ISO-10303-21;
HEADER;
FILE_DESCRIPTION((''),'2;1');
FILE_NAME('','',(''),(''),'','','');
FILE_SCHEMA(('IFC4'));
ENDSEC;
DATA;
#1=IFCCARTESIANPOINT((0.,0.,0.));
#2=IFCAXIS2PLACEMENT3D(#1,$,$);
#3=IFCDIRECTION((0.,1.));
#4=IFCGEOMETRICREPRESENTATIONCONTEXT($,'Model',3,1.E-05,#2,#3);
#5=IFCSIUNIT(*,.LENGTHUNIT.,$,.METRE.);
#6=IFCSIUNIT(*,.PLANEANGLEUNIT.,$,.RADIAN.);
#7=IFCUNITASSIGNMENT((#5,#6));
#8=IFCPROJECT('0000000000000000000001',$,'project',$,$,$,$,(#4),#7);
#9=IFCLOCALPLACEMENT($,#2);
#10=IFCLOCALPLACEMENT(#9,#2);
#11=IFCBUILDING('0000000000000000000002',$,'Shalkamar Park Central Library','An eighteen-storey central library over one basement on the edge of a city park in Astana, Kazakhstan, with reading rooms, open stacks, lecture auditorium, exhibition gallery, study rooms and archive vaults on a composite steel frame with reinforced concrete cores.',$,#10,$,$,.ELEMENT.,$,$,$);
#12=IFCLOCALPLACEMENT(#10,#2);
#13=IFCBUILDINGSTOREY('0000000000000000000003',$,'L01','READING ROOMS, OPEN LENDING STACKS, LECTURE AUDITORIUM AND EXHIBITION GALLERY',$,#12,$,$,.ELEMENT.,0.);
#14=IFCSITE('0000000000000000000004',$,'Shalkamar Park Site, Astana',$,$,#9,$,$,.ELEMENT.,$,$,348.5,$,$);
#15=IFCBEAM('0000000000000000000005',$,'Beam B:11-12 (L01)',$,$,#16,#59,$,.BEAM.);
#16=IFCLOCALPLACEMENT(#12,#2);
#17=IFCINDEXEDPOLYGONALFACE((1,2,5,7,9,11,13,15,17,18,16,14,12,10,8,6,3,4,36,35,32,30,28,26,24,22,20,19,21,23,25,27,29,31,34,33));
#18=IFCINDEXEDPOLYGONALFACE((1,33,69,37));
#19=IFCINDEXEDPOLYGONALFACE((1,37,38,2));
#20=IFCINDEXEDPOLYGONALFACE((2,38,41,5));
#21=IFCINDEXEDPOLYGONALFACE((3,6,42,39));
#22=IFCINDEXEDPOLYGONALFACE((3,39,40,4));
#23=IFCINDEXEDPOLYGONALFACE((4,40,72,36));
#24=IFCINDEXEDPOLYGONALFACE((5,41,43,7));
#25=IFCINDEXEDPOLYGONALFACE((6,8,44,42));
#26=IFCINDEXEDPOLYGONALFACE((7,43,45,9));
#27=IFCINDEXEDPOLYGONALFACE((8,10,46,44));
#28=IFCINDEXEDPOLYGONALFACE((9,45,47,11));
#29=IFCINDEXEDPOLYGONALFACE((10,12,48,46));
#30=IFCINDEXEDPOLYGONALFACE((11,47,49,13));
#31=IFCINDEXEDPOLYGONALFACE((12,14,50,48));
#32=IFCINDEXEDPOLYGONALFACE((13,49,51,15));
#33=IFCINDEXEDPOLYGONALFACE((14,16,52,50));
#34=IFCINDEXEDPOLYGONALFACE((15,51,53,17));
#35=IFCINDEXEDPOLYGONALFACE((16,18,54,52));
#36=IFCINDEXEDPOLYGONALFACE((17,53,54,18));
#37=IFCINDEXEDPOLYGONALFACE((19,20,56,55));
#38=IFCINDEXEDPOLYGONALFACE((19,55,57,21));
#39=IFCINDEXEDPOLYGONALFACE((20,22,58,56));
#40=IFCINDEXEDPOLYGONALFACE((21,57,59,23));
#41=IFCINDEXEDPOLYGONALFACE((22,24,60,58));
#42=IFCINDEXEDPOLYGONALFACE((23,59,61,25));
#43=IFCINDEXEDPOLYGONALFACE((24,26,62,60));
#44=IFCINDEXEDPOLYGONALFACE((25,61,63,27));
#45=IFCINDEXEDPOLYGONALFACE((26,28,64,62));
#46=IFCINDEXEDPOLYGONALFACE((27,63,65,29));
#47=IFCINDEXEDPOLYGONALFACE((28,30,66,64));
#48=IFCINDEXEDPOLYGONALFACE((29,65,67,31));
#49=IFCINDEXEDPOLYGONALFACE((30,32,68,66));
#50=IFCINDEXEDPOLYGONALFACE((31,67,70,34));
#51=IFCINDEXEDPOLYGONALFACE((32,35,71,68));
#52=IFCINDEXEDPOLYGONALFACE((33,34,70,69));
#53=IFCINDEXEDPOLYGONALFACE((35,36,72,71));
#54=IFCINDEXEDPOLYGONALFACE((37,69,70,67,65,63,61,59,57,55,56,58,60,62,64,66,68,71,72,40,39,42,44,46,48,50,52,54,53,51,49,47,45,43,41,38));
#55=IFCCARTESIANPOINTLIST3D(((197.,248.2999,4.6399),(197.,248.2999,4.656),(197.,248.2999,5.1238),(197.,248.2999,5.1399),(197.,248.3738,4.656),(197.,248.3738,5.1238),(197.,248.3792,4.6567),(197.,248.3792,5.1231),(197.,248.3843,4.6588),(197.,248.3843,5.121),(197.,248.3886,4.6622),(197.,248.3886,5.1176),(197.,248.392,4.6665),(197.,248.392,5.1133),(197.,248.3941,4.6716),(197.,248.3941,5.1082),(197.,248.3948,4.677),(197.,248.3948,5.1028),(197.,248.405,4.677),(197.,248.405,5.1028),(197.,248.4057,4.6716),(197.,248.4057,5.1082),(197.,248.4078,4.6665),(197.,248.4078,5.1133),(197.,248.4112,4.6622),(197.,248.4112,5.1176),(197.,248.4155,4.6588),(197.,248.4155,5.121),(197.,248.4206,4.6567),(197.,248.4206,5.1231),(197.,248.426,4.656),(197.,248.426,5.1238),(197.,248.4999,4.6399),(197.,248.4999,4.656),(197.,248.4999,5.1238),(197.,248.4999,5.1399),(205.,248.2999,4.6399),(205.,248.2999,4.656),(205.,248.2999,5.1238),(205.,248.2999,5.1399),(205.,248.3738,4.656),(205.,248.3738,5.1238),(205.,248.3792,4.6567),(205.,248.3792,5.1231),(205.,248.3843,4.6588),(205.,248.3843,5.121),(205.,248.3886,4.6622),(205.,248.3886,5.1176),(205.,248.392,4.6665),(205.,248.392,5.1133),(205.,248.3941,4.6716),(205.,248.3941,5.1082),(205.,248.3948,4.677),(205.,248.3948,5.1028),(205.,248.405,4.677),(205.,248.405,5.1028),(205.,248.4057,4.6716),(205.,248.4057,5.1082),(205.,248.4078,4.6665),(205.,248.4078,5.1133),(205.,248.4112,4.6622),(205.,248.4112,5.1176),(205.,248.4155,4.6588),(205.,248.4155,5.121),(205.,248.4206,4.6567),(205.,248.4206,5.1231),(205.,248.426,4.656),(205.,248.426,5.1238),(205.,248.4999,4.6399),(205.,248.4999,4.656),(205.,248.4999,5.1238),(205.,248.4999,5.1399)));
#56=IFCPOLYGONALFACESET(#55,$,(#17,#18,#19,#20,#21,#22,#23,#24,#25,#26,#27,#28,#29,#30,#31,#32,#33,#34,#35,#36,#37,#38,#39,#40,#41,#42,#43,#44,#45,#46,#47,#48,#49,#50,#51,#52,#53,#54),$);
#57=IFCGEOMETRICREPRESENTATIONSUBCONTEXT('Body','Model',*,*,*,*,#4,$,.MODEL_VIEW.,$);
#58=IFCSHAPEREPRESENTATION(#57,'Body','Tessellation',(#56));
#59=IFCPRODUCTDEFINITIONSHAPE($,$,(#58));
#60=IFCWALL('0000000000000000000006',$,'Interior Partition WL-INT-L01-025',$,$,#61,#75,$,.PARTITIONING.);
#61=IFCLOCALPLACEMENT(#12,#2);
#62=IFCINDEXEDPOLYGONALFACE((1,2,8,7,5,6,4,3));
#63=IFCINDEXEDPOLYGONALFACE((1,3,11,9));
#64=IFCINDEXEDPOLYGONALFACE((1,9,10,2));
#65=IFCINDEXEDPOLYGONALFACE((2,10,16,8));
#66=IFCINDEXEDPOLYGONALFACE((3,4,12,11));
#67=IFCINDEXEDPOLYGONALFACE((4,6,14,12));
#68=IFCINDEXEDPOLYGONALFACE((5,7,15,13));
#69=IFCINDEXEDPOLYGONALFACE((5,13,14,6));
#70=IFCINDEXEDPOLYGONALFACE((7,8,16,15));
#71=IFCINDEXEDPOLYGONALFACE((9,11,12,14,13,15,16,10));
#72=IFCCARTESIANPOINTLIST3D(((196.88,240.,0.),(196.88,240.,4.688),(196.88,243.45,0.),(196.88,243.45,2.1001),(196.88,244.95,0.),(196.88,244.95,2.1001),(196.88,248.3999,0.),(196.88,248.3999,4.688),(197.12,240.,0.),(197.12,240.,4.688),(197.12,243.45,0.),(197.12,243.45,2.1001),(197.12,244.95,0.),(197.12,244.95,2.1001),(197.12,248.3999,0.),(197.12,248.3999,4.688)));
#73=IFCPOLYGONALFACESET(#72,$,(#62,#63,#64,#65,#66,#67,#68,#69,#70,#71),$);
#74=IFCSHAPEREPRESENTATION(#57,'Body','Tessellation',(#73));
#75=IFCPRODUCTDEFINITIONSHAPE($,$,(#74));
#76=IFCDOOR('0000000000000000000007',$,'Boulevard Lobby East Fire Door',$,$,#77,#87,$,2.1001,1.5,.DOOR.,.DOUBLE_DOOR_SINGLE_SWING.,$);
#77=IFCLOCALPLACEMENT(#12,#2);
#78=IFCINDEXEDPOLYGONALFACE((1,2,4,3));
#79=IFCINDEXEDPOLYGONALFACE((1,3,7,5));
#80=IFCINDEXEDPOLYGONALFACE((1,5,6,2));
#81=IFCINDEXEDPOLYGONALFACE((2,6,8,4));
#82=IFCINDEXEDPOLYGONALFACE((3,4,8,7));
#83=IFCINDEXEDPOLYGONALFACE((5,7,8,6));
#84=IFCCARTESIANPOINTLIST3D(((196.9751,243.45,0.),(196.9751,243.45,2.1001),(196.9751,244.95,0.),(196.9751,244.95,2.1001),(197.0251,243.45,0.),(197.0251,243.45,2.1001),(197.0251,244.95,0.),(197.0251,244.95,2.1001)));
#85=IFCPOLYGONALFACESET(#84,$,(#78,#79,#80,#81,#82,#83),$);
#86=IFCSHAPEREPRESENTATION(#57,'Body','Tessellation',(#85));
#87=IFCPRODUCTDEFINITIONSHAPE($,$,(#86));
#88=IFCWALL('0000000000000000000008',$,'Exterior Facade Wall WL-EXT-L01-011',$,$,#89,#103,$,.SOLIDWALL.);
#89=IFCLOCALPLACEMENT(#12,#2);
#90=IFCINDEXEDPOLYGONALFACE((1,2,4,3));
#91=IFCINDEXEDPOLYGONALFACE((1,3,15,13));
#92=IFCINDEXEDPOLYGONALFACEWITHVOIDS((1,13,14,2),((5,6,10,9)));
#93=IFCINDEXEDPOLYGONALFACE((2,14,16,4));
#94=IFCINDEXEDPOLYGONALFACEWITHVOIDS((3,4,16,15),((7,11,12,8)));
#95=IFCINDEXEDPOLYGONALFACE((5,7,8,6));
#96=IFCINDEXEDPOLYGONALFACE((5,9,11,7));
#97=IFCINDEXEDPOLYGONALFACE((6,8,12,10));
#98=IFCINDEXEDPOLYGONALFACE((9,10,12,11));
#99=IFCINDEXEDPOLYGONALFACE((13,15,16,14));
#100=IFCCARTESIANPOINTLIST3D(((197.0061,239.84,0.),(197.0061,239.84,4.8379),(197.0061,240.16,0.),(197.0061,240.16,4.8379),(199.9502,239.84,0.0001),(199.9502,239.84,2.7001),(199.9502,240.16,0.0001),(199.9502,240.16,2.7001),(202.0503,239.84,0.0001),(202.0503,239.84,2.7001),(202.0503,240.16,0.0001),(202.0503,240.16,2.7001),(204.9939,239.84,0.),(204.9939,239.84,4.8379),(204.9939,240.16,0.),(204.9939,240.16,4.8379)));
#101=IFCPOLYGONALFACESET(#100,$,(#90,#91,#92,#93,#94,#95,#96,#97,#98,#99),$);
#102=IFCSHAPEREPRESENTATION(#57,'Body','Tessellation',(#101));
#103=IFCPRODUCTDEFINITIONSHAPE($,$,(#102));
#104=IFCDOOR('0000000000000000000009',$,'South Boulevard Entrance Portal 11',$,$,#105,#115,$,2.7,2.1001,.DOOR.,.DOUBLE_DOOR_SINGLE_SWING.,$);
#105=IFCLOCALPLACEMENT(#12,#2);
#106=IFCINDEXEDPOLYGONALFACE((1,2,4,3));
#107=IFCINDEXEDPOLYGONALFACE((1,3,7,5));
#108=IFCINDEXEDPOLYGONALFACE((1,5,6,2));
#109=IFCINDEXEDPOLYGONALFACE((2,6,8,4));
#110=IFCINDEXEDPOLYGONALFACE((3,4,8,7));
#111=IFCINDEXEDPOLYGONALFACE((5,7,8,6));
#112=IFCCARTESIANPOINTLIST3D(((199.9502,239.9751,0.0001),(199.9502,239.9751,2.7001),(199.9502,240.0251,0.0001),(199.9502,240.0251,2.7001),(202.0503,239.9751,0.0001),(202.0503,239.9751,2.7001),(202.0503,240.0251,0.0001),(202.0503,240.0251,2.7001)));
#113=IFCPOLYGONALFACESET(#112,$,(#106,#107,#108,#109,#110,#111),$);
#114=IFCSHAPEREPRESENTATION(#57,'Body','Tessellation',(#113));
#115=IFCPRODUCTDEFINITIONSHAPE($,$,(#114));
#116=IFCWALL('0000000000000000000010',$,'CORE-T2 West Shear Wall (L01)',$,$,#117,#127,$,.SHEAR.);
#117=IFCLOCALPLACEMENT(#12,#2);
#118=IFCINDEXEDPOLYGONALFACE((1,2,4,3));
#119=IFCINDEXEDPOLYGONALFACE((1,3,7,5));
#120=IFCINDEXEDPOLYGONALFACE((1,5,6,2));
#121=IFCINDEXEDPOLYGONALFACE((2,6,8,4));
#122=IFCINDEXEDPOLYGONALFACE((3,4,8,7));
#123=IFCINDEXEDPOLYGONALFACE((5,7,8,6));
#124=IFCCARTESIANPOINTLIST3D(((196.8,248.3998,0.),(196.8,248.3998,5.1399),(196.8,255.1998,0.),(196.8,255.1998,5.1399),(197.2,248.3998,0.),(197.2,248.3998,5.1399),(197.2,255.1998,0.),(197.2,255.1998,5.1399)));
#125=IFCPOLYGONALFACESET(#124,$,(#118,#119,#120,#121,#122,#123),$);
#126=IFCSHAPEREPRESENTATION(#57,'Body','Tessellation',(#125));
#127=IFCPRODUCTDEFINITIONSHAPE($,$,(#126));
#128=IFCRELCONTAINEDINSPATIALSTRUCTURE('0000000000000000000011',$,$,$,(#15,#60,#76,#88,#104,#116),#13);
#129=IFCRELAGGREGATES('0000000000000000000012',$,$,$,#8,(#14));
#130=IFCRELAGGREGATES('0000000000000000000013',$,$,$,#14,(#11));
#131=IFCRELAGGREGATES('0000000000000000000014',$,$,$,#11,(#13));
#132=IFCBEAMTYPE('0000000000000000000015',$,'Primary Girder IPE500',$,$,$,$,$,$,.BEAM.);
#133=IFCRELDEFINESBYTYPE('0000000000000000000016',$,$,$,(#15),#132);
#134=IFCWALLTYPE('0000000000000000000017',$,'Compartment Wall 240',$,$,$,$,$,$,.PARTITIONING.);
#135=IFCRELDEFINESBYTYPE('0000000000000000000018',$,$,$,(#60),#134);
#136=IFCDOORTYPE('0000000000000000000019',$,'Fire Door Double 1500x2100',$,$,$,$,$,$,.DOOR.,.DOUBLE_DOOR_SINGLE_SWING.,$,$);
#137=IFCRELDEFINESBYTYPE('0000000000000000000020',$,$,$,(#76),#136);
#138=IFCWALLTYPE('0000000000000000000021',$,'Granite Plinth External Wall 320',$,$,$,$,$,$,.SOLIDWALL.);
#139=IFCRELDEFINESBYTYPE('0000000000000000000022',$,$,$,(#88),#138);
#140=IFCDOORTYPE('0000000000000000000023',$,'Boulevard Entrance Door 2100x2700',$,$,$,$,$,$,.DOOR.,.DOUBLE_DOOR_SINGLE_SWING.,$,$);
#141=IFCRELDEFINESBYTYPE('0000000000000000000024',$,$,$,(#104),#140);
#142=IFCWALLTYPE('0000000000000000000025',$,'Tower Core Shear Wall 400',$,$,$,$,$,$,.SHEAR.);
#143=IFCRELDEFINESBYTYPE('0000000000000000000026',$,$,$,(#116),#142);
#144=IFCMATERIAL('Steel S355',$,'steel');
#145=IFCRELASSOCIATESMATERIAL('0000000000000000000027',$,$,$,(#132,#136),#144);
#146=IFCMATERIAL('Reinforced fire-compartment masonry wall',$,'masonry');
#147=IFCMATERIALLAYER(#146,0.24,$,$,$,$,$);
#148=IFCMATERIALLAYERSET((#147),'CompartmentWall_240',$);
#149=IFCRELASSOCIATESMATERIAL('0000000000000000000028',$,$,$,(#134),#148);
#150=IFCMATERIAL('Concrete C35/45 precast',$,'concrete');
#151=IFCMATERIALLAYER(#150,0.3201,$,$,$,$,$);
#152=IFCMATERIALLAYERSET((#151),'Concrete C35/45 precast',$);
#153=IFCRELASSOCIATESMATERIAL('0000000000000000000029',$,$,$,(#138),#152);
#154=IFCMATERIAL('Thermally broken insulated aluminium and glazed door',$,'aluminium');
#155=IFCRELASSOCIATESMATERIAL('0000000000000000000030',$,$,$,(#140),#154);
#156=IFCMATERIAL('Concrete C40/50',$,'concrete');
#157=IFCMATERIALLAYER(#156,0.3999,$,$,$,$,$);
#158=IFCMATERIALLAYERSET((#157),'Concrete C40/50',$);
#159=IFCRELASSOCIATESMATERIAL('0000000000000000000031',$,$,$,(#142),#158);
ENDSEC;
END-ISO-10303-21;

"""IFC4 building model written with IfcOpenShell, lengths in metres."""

from ifc_helpers import new_model, si_unit, direction, frame, frame_2d, origin, origin_2d, place, context, subcontext, project, spatial, rectangle, i_section, extrude, material, layer, layer_set, material_profile, profile_set, type_object, element, fill, save


model = new_model("IFC4")

# Units and contexts
model_context = context("Model", 3, precision=1e-05, world=origin(), true_north=direction((0.0, 1.0)))
body_context = subcontext(model_context, "Body", "Model", "MODEL_VIEW")
ifc_project = project(units=[si_unit("LENGTHUNIT", "METRE"), si_unit("PLANEANGLEUNIT", "RADIAN")], contexts=[model_context])

# Site, building, storey
site_placement = place(None, origin())
site = spatial("IfcSite", under=ifc_project, at=site_placement, Name="Shalkamar Park Site, Astana", CompositionType="ELEMENT", RefElevation=348.5)
building_placement = place(site_placement, origin())
building = spatial("IfcBuilding", under=site, at=building_placement, Name="Shalkamar Park Central Library", Description="An eighteen-storey central library over one basement on the edge of a city park in Astana, Kazakhstan, with reading rooms, open stacks, lecture auditorium, exhibition gallery, study rooms and archive vaults on a composite steel frame with reinforced concrete cores.", CompositionType="ELEMENT")
storey_placement = place(building_placement, origin())
storey = spatial("IfcBuildingStorey", under=building, at=storey_placement, Name="L01", Description="READING ROOMS, OPEN LENDING STACKS, LECTURE AUDITORIUM AND EXHIBITION GALLERY", CompositionType="ELEMENT", Elevation=0.0)

# Shared definitions
ifc_material_1 = material(Name="Steel S355", Category="steel")

# Beam
ifc_material_profile_1 = material_profile(ifc_material_1, i_section(OverallWidth=0.2, OverallDepth=0.5, WebThickness=0.0103, FlangeThickness=0.0161, FilletRadius=0.021, at=origin_2d()), Name="IPE 500")
ifc_profile_set_1 = profile_set([ifc_material_profile_1], Name="Steel S355")
beam_type_1 = type_object("IfcBeamType", Name="Primary Girder IPE500", PredefinedType="BEAM", material=ifc_profile_set_1)
beam_1_placement = place(storey_placement, frame((197.0, 248.3999, 4.8899), z_axis=(1.0, 0.0, 0.0), x_axis=(0.0, 1.0, 0.0)))
element("IfcBeam", 1, at=beam_1_placement, inside=storey, type_object=beam_type_1, Name="Beam B:11-12 (L01)", PredefinedType="BEAM", context=body_context, shape_type="SweptSolid", body=[
    extrude(i_section(OverallWidth=0.2, OverallDepth=0.5, WebThickness=0.0103, FlangeThickness=0.0161, FilletRadius=0.021, at=origin_2d()), origin(), (0.0, 0.0, 1.0), 8.0),
])

# Walls, openings, doors
ifc_material_2 = material(Name="Reinforced fire-compartment masonry wall", Category="masonry")
ifc_layer_1 = layer(ifc_material_2, 0.24)
ifc_layer_set_1 = layer_set([ifc_layer_1], Name="CompartmentWall_240")
wall_type_1 = type_object("IfcWallType", Name="Compartment Wall 240", PredefinedType="PARTITIONING", material=ifc_layer_set_1)
wall_1_placement = place(storey_placement, frame((197.0, 240.0, 0.0), z_axis=(0.0, 0.0, 1.0), x_axis=(0.0, 1.0, 0.0)))
wall_1 = element("IfcWall", 2, at=wall_1_placement, inside=storey, type_object=wall_type_1, Name="Interior Partition WL-INT-L01-025", PredefinedType="PARTITIONING", context=body_context, shape_type="SweptSolid", body=[
    extrude(rectangle(XDim=8.3999, YDim=0.24, at=frame_2d((4.2, 0.0))), origin(), (0.0, 0.0, 1.0), 4.688),
])
opening_1_placement = place(wall_1_placement, frame((3.45, 0.0, 0.0)))
opening_1 = element("IfcOpeningElement", 3, at=opening_1_placement, cuts=wall_1, PredefinedType="OPENING", context=body_context, shape_type="SweptSolid", body=[
    extrude(rectangle(XDim=1.5, YDim=2.1001, at=frame_2d((0.75, 1.05))), frame((0.0, 0.1348, 0.0), z_axis=(0.0, -1.0, 0.0), x_axis=(1.0, 0.0, 0.0)), (0.0, 0.0, 1.0), 0.2698),
])
door_type_1 = type_object("IfcDoorType", Name="Fire Door Double 1500x2100", OperationType="DOUBLE_DOOR_SINGLE_SWING", PredefinedType="DOOR", material=ifc_material_1)
door_1_placement = place(opening_1_placement, origin())
door_1 = element("IfcDoor", 4, at=door_1_placement, inside=storey, type_object=door_type_1, Name="Boulevard Lobby East Fire Door", OperationType="DOUBLE_DOOR_SINGLE_SWING", OverallHeight=2.1001, OverallWidth=1.5, PredefinedType="DOOR", context=body_context, shape_type="SweptSolid", body=[
    extrude(rectangle(XDim=1.5, YDim=2.1001, at=frame_2d((0.75, 1.05))), frame((0.0, 0.0249, 0.0), z_axis=(0.0, -1.0, 0.0), x_axis=(1.0, 0.0, 0.0)), (0.0, 0.0, 1.0), 0.05),
])
fill(opening_1, door_1)
ifc_material_3 = material(Name="Concrete C35/45 precast", Category="concrete")
ifc_layer_2 = layer(ifc_material_3, 0.3201)
ifc_layer_set_2 = layer_set([ifc_layer_2], Name="Concrete C35/45 precast")
wall_type_2 = type_object("IfcWallType", Name="Granite Plinth External Wall 320", PredefinedType="SOLIDWALL", material=ifc_layer_set_2)
wall_2_placement = place(storey_placement, frame((197.0061, 240.0, 0.0), z_axis=(0.0, 0.0, 1.0), x_axis=(1.0, 0.0, 0.0)))
wall_2 = element("IfcWall", 5, at=wall_2_placement, inside=storey, type_object=wall_type_2, Name="Exterior Facade Wall WL-EXT-L01-011", PredefinedType="SOLIDWALL", context=body_context, shape_type="SweptSolid", body=[
    extrude(rectangle(XDim=7.9878, YDim=0.3201, at=frame_2d((3.9939, 0.0))), origin(), (0.0, 0.0, 1.0), 4.8379),
])
opening_2_placement = place(wall_2_placement, frame((2.9441, 0.0, 0.0)))
opening_2 = element("IfcOpeningElement", 6, at=opening_2_placement, cuts=wall_2, PredefinedType="OPENING", context=body_context, shape_type="SweptSolid", body=[
    extrude(rectangle(XDim=2.1001, YDim=2.7, at=frame_2d((1.05, 1.3501))), frame((0.0, 0.1748, 0.0), z_axis=(0.0, -1.0, 0.0), x_axis=(1.0, 0.0, 0.0)), (0.0, 0.0, 1.0), 0.3499),
])
ifc_material_4 = material(Name="Thermally broken insulated aluminium and glazed door", Category="aluminium")
door_type_2 = type_object("IfcDoorType", Name="Boulevard Entrance Door 2100x2700", OperationType="DOUBLE_DOOR_SINGLE_SWING", PredefinedType="DOOR", material=ifc_material_4)
door_2_placement = place(opening_2_placement, frame((2.1001, 0.0, 0.0), z_axis=(0.0, 0.0, 1.0), x_axis=(-1.0, 0.0, 0.0)))
door_2 = element("IfcDoor", 7, at=door_2_placement, inside=storey, type_object=door_type_2, Name="South Boulevard Entrance Portal 11", OperationType="DOUBLE_DOOR_SINGLE_SWING", OverallHeight=2.7, OverallWidth=2.1001, PredefinedType="DOOR", context=body_context, shape_type="SweptSolid", body=[
    extrude(rectangle(XDim=2.1001, YDim=2.7, at=frame_2d((1.05, 1.3501))), frame((0.0, 0.0249, 0.0), z_axis=(0.0, -1.0, 0.0), x_axis=(1.0, 0.0, 0.0)), (0.0, 0.0, 1.0), 0.05),
])
fill(opening_2, door_2)
ifc_material_5 = material(Name="Concrete C40/50", Category="concrete")
ifc_layer_3 = layer(ifc_material_5, 0.3999)
ifc_layer_set_3 = layer_set([ifc_layer_3], Name="Concrete C40/50")
wall_type_3 = type_object("IfcWallType", Name="Tower Core Shear Wall 400", PredefinedType="SHEAR", material=ifc_layer_set_3)

# Wall
wall_3_placement = place(storey_placement, frame((197.0, 248.3999, 0.0), z_axis=(0.0, 0.0, 1.0), x_axis=(0.0, 1.0, 0.0)))
element("IfcWall", 8, at=wall_3_placement, inside=storey, type_object=wall_type_3, Name="CORE-T2 West Shear Wall (L01)", PredefinedType="SHEAR", context=body_context, shape_type="SweptSolid", body=[
    extrude(rectangle(XDim=6.8, YDim=0.3999, at=frame_2d((3.3999, 0.0))), origin(), (0.0, 0.0, 1.0), 5.1399),
])

save(model, "model.ifc")
